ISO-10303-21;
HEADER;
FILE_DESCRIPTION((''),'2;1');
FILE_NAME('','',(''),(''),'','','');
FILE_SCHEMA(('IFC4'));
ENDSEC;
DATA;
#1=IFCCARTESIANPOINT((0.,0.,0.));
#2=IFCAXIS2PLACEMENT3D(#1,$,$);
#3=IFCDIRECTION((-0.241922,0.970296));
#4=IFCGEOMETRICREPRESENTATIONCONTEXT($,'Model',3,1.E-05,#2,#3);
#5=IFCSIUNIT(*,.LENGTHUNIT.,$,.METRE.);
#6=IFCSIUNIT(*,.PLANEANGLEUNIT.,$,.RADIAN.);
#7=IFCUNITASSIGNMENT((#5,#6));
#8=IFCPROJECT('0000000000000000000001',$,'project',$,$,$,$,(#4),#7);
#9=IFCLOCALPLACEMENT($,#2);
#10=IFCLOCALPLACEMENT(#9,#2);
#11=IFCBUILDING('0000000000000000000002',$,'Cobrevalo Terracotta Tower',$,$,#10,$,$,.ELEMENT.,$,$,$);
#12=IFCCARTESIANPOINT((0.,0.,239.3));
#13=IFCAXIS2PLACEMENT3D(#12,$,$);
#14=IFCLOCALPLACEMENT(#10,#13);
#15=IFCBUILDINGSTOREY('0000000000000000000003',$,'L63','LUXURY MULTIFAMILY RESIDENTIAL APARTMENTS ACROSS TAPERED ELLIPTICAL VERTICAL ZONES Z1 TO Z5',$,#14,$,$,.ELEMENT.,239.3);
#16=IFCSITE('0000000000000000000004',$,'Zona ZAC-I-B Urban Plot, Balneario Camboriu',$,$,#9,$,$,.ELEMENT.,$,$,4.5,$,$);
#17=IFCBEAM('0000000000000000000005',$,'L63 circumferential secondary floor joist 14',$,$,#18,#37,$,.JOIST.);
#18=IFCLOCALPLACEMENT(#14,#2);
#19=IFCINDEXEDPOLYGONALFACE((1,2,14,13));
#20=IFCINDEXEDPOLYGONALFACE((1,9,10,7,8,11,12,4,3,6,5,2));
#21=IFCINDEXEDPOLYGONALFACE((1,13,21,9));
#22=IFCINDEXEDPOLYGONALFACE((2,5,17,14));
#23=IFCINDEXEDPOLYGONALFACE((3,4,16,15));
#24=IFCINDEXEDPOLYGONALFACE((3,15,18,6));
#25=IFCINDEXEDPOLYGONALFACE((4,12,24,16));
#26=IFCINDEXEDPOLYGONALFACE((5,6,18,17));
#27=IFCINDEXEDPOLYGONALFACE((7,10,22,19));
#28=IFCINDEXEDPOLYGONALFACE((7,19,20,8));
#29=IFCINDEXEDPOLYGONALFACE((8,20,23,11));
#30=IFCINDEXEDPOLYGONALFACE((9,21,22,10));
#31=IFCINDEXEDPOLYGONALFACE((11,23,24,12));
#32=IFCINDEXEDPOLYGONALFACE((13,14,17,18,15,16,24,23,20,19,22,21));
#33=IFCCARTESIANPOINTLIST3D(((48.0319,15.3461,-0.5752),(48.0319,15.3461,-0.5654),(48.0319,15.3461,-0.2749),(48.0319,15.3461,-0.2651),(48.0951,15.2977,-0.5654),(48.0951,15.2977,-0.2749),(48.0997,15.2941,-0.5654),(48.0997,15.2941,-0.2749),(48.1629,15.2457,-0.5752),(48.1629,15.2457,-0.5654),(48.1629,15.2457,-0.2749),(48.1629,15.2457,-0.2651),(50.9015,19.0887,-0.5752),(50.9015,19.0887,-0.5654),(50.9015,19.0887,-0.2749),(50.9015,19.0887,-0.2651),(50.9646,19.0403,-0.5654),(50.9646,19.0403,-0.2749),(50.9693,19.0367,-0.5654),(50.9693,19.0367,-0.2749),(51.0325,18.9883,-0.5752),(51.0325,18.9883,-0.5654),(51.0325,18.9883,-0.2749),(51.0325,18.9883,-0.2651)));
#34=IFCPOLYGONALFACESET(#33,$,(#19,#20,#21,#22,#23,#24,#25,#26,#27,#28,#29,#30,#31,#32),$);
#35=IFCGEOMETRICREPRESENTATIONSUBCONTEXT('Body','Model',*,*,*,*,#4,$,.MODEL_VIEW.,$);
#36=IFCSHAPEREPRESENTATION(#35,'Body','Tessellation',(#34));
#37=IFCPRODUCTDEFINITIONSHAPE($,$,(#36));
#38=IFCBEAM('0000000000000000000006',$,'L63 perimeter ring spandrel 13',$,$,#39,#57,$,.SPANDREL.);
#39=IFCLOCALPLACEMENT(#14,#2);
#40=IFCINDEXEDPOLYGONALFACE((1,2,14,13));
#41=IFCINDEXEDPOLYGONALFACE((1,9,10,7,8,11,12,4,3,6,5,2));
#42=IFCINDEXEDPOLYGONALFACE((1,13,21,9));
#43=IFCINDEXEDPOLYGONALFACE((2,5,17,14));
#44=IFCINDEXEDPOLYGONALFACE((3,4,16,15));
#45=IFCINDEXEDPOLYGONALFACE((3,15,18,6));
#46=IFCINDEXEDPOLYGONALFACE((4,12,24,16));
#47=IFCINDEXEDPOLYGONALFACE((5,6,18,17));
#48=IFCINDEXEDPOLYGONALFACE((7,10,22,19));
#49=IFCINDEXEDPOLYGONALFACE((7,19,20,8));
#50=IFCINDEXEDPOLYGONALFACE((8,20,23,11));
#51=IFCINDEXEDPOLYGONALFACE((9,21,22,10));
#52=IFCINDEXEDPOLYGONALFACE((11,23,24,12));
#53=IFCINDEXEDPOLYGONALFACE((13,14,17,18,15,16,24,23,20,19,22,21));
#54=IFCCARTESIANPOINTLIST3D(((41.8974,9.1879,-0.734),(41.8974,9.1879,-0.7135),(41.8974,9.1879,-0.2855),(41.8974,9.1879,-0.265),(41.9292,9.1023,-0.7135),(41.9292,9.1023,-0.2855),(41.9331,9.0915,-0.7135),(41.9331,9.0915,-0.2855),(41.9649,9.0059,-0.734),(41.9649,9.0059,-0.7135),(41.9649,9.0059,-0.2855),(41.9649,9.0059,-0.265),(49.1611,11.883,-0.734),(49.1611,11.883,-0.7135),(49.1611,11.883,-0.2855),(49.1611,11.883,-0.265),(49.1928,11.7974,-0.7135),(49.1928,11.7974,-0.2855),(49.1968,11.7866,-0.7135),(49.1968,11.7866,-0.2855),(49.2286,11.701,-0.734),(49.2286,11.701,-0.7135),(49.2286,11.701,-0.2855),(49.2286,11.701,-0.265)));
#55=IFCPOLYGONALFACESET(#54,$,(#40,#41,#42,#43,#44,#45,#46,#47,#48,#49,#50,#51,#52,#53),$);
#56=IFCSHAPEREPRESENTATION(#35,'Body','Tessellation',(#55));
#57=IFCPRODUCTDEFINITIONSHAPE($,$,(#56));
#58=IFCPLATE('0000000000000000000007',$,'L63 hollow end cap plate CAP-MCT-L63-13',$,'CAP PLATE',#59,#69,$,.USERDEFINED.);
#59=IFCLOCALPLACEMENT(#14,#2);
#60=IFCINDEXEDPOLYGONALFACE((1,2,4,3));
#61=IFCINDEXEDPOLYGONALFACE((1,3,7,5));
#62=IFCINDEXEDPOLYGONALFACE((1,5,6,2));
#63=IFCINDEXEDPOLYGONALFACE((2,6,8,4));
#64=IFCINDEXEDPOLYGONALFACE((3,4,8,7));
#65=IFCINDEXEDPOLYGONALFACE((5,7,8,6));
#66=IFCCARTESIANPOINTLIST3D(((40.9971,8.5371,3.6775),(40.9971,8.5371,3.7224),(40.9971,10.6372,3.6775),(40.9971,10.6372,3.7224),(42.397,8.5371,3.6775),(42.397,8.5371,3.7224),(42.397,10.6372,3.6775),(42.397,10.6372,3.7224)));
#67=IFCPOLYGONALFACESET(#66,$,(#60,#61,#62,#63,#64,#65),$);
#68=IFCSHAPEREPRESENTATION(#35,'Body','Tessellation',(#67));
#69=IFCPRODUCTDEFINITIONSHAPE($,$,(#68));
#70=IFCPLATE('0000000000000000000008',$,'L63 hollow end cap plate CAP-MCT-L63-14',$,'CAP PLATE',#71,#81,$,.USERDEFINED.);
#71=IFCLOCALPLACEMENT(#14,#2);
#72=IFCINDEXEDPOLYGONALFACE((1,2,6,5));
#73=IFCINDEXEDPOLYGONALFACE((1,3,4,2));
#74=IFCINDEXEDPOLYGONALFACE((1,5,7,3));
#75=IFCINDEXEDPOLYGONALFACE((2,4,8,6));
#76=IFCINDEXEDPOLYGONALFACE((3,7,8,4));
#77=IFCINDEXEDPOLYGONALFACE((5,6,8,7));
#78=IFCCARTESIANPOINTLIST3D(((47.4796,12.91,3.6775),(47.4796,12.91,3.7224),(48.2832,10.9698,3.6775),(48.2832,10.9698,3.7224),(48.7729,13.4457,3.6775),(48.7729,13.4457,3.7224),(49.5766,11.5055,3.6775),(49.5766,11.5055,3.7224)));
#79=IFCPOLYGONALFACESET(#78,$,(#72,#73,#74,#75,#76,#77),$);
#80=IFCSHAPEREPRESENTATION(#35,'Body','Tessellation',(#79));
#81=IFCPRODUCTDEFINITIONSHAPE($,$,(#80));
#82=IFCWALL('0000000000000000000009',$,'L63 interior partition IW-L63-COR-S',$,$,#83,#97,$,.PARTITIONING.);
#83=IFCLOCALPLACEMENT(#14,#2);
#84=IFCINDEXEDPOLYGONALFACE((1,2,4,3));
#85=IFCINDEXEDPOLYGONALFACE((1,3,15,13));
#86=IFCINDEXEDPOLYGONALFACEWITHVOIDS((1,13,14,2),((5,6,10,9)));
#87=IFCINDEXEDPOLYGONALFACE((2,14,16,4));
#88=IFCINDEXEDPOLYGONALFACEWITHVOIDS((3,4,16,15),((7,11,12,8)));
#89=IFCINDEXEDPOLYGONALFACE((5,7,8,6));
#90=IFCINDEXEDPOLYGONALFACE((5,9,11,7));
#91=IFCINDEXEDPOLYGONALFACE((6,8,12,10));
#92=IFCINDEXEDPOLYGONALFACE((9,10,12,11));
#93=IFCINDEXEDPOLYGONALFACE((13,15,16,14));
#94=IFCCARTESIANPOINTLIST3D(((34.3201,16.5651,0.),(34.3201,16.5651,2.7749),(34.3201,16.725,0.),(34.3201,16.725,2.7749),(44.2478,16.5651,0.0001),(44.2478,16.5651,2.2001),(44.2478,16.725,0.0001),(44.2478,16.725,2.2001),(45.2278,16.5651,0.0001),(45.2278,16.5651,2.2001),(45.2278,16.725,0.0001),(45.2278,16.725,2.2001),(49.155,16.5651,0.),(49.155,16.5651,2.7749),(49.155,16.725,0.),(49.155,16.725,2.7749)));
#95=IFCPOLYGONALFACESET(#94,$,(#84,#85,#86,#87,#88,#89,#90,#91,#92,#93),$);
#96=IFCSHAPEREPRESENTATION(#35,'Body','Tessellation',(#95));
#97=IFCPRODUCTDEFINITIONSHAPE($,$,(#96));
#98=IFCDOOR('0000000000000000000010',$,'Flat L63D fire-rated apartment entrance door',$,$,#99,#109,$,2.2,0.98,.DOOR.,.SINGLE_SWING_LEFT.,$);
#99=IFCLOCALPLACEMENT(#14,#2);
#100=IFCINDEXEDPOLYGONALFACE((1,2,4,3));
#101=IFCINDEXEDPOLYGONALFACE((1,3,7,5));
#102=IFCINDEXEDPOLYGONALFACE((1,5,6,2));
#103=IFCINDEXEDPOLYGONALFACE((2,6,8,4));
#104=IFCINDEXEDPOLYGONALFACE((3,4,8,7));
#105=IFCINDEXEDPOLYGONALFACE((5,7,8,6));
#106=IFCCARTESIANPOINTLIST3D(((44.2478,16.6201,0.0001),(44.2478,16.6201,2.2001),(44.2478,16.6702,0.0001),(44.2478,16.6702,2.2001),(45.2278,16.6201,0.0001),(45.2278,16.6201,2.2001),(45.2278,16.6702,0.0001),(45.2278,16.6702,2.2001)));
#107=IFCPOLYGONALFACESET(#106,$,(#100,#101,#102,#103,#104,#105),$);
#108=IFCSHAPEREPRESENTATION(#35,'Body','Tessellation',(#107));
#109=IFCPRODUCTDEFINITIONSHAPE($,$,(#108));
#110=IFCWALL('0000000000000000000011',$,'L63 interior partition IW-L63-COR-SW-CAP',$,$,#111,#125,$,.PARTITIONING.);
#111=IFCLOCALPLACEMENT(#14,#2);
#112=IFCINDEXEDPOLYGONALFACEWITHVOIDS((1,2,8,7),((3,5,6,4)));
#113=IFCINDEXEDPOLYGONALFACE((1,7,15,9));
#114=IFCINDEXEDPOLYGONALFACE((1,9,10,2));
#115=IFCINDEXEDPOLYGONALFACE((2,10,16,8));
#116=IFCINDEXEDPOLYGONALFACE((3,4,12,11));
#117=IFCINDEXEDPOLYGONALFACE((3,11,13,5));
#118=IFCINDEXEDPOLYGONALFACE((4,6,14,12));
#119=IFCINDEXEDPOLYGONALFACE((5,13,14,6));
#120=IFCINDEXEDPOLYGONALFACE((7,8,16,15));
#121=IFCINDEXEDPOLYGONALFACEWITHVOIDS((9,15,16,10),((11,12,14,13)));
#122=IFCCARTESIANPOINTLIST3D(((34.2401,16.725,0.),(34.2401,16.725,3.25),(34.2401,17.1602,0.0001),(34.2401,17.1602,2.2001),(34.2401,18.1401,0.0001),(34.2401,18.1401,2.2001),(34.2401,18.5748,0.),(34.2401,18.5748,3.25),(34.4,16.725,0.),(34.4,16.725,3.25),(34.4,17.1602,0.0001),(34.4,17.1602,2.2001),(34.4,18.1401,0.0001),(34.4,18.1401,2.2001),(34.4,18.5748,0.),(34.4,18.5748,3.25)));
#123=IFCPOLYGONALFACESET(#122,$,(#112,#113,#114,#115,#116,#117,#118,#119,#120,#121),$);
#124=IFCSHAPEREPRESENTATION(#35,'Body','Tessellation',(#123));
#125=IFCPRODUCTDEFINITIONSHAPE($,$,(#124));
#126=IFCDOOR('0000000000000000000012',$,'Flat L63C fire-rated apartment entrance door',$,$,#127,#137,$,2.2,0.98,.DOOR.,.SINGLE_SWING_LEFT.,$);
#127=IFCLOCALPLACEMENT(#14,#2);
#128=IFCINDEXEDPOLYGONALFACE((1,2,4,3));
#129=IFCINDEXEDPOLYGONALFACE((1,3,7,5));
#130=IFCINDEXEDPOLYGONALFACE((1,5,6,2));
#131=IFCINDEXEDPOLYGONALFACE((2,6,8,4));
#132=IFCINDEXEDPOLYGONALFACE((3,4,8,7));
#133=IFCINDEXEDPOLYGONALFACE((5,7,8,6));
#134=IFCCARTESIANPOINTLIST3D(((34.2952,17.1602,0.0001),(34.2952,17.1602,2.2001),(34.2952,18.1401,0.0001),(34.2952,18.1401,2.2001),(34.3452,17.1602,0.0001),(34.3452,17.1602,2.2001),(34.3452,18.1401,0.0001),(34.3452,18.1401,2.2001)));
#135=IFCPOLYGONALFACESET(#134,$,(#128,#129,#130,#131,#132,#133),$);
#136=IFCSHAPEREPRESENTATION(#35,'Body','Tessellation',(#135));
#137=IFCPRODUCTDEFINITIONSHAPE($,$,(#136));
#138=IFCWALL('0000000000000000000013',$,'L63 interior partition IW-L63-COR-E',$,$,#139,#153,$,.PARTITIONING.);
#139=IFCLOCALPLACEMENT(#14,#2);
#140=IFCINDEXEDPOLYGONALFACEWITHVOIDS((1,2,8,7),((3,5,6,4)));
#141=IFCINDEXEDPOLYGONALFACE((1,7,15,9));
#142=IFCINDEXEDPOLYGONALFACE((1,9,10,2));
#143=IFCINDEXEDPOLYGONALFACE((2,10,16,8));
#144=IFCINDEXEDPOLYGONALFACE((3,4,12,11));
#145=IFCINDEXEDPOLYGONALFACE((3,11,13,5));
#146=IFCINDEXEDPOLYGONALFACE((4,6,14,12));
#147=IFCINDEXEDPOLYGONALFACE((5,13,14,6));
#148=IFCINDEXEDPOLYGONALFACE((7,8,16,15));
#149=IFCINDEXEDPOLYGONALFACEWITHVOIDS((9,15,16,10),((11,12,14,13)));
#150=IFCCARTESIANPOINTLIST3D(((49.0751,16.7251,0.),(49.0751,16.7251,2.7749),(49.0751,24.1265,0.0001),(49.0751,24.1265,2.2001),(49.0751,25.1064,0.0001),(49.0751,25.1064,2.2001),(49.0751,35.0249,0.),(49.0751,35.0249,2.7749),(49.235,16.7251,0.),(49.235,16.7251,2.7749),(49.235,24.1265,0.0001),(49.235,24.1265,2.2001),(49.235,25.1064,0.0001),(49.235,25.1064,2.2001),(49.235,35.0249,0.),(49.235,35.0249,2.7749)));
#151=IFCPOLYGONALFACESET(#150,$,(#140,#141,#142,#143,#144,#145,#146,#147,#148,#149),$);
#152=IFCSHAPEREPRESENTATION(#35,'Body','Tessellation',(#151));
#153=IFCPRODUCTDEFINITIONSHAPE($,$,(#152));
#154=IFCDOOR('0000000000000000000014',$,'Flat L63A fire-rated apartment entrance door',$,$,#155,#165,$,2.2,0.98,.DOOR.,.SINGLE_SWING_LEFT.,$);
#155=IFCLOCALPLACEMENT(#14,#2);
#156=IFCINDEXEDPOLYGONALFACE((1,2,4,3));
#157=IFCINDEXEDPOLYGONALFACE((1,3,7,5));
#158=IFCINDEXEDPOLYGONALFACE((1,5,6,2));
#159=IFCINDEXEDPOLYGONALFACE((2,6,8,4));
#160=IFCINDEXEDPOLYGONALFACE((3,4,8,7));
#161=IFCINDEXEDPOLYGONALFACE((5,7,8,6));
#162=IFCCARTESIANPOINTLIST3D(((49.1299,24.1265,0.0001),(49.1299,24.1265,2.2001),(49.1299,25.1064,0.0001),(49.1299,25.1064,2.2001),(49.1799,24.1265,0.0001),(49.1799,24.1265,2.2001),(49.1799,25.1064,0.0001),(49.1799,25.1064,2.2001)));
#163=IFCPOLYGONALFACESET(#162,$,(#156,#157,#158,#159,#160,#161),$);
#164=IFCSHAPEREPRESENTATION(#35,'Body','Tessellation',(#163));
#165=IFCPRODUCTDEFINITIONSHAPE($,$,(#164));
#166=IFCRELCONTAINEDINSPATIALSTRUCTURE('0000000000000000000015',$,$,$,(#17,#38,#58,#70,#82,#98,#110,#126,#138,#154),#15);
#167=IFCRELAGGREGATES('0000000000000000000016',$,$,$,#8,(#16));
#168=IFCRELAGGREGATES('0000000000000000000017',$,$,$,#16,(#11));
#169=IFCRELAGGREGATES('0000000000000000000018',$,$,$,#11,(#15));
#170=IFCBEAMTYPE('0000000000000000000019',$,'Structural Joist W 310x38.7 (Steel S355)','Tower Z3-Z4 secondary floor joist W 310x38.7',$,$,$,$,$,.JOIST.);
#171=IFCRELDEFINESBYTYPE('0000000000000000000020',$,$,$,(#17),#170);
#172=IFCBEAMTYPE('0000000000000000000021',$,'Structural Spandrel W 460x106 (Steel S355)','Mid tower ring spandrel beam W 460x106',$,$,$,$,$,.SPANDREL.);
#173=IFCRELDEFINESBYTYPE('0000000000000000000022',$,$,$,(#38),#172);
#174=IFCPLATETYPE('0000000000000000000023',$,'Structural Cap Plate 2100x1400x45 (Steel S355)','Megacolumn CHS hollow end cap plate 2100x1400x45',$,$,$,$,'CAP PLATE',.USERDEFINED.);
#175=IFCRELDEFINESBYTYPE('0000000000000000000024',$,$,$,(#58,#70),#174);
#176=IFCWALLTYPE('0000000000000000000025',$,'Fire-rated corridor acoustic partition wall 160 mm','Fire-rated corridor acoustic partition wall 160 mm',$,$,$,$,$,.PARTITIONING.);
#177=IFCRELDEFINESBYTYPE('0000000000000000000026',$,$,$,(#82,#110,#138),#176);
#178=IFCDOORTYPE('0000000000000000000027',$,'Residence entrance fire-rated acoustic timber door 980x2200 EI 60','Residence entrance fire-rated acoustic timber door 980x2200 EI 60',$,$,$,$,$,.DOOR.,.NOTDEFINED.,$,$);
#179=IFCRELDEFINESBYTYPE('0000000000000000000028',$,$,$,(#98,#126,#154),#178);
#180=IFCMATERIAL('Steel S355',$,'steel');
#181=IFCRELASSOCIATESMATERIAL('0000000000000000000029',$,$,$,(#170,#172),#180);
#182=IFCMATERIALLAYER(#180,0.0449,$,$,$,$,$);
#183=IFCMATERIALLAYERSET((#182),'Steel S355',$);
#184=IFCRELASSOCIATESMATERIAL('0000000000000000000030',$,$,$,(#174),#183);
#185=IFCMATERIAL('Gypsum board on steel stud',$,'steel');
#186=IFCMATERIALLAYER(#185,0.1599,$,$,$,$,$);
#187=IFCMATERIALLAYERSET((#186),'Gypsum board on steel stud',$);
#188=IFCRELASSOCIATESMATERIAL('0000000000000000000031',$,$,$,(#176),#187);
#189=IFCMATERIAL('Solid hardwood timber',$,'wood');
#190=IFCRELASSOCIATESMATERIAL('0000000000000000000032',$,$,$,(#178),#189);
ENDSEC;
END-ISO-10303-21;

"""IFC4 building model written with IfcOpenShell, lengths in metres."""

from ifc_helpers import new_model, si_unit, direction, frame, frame_2d, origin, origin_2d, place, context, subcontext, project, spatial, rectangle, i_section, extrude, source, transform, mapped, material, layer, layer_set, material_profile, profile_set, type_object, element, fill, save


model = new_model("IFC4")

# Units and contexts
model_context = context("Model", 3, precision=1e-05, world=origin(), true_north=direction((-0.241922, 0.970296)))
body_context = subcontext(model_context, "Body", "Model", "MODEL_VIEW")
ifc_project = project(units=[si_unit("LENGTHUNIT", "METRE"), si_unit("PLANEANGLEUNIT", "RADIAN")], contexts=[model_context])

# Site, building, storey
site_placement = place(None, origin())
site = spatial("IfcSite", under=ifc_project, at=site_placement, Name="Zona ZAC-I-B Urban Plot, Balneario Camboriu", CompositionType="ELEMENT", RefElevation=4.5)
building_placement = place(site_placement, origin())
building = spatial("IfcBuilding", under=site, at=building_placement, Name="Cobrevalo Terracotta Tower", CompositionType="ELEMENT")
storey_placement = place(building_placement, frame((0.0, 0.0, 239.3)))
storey = spatial("IfcBuildingStorey", under=building, at=storey_placement, Name="L63", Description="LUXURY MULTIFAMILY RESIDENTIAL APARTMENTS ACROSS TAPERED ELLIPTICAL VERTICAL ZONES Z1 TO Z5", CompositionType="ELEMENT", Elevation=239.3)

# Shared definitions
ifc_material_1 = material(Name="Steel S355", Category="steel")

# Beams
ifc_material_profile_1 = material_profile(ifc_material_1, i_section(OverallWidth=0.165, OverallDepth=0.3101, WebThickness=0.0059, FlangeThickness=0.0098, at=origin_2d()), Name="W 310x38.7")
ifc_profile_set_1 = profile_set([ifc_material_profile_1], Name="Steel S355")
beam_type_1 = type_object("IfcBeamType", Name="Structural Joist W 310x38.7 (Steel S355)", Description="Tower Z3-Z4 secondary floor joist W 310x38.7", PredefinedType="JOIST", material=ifc_profile_set_1)
beam_1_placement = place(storey_placement, frame((48.0974, 15.2959, -0.4202), z_axis=(0.608464, 0.793581, 0.0), x_axis=(-0.793581, 0.608464, 0.0)))
element("IfcBeam", 1, at=beam_1_placement, inside=storey, type_object=beam_type_1, Name="L63 circumferential secondary floor joist 14", PredefinedType="JOIST", context=body_context, shape_type="SweptSolid", body=[
    extrude(i_section(OverallWidth=0.165, OverallDepth=0.3101, WebThickness=0.0059, FlangeThickness=0.0098, at=origin_2d()), origin(), (0.0, 0.0, 1.0), 4.7161),
])
ifc_material_profile_2 = material_profile(ifc_material_1, i_section(OverallWidth=0.1941, OverallDepth=0.469, WebThickness=0.0115, FlangeThickness=0.0205, at=origin_2d()), Name="W 460x106")
ifc_profile_set_2 = profile_set([ifc_material_profile_2], Name="Steel S355")
beam_type_2 = type_object("IfcBeamType", Name="Structural Spandrel W 460x106 (Steel S355)", Description="Mid tower ring spandrel beam W 460x106", PredefinedType="SPANDREL", material=ifc_profile_set_2)
beam_2_placement = place(storey_placement, frame((41.9312, 9.0969, -0.4995), z_axis=(0.937546, 0.347861, 0.0), x_axis=(-0.347861, 0.937546, 0.0)))
element("IfcBeam", 2, at=beam_2_placement, inside=storey, type_object=beam_type_2, Name="L63 perimeter ring spandrel 13", PredefinedType="SPANDREL", context=body_context, shape_type="SweptSolid", body=[
    extrude(i_section(OverallWidth=0.1941, OverallDepth=0.469, WebThickness=0.0115, FlangeThickness=0.0205, at=origin_2d()), origin(), (0.0, 0.0, 1.0), 7.7476),
])

# Plates
ifc_layer_1 = layer(ifc_material_1, 0.0449)
ifc_layer_set_1 = layer_set([ifc_layer_1], Name="Steel S355")
plate_type = type_object("IfcPlateType", Name="Structural Cap Plate 2100x1400x45 (Steel S355)", Description="Megacolumn CHS hollow end cap plate 2100x1400x45", ElementType="CAP PLATE", PredefinedType="USERDEFINED", material=ifc_layer_set_1)
shared_shape_1 = source(origin(), body_context, "Body", "SweptSolid", [
    extrude(rectangle(XDim=2.1001, YDim=1.3999, at=origin_2d()), origin(), (0.0, 0.0, 1.0), 0.0449),
])
for number, where, z_axis, x_axis, name in (
    (3, (41.697, 9.5872, 3.6775), (0.0, 0.0, 1.0), (0.0, -1.0, 0.0), "L63 hollow end cap plate CAP-MCT-L63-13"),
    (4, (48.5281, 12.2078, 3.6775), (0.0, 0.0, 1.0), (0.382683, -0.92388, 0.0), "L63 hollow end cap plate CAP-MCT-L63-14"),
):
    element("IfcPlate", number, at=place(storey_placement, frame(where, z_axis=z_axis, x_axis=x_axis)), inside=storey, type_object=plate_type, Name=name, ObjectType="CAP PLATE", PredefinedType="USERDEFINED", context=body_context, shape_type="MappedRepresentation", body=[
        mapped(shared_shape_1, transform((0.0, 0.0, 0.0), scale=1.0)),
    ])

# Walls, openings, doors
ifc_material_2 = material(Name="Gypsum board on steel stud", Category="steel")
ifc_layer_2 = layer(ifc_material_2, 0.1599)
ifc_layer_set_2 = layer_set([ifc_layer_2], Name="Gypsum board on steel stud")
wall_type_1 = type_object("IfcWallType", Name="Fire-rated corridor acoustic partition wall 160 mm", Description="Fire-rated corridor acoustic partition wall 160 mm", PredefinedType="PARTITIONING", material=ifc_layer_set_2)
wall_1_placement = place(storey_placement, frame((34.3201, 16.645, 0.0), z_axis=(0.0, 0.0, 1.0), x_axis=(1.0, 0.0, 0.0)))
wall_1 = element("IfcWall", 5, at=wall_1_placement, inside=storey, type_object=wall_type_1, Name="L63 interior partition IW-L63-COR-S", PredefinedType="PARTITIONING", context=body_context, shape_type="SweptSolid", body=[
    extrude(rectangle(XDim=14.835, YDim=0.1599, at=frame_2d((7.4175, 0.0))), origin(), (0.0, 0.0, 1.0), 2.7749),
])
opening_1_placement = place(wall_1_placement, frame((9.9277, 0.0, 0.0)))
opening_1 = element("IfcOpeningElement", 6, at=opening_1_placement, cuts=wall_1, PredefinedType="OPENING", context=body_context, shape_type="SweptSolid", body=[
    extrude(rectangle(XDim=0.98, YDim=2.2, at=frame_2d((0.49, 1.1001))), frame((0.0, 0.0898, 0.0), z_axis=(0.0, -1.0, 0.0), x_axis=(1.0, 0.0, 0.0)), (0.0, 0.0, 1.0), 0.1799),
])
ifc_material_3 = material(Name="Solid hardwood timber", Category="wood")
door_type_1 = type_object("IfcDoorType", Name="Residence entrance fire-rated acoustic timber door 980x2200 EI 60", Description="Residence entrance fire-rated acoustic timber door 980x2200 EI 60", OperationType="NOTDEFINED", PredefinedType="DOOR", material=ifc_material_3)
shared_shape_2 = source(origin(), body_context, "Body", "SweptSolid", [
    extrude(rectangle(XDim=0.98, YDim=2.2, at=frame_2d((0.49, 1.1001))), frame((0.0, 0.0249, 0.0), z_axis=(0.0, -1.0, 0.0), x_axis=(1.0, 0.0, 0.0)), (0.0, 0.0, 1.0), 0.05),
])
door_1_placement = place(opening_1_placement, frame((0.98, 0.0, 0.0), z_axis=(0.0, 0.0, 1.0), x_axis=(-1.0, 0.0, 0.0)))
door_1 = element("IfcDoor", 7, at=door_1_placement, inside=storey, type_object=door_type_1, Name="Flat L63D fire-rated apartment entrance door", OperationType="SINGLE_SWING_LEFT", OverallHeight=2.2, OverallWidth=0.98, PredefinedType="DOOR", context=body_context, shape_type="MappedRepresentation", body=[
    mapped(shared_shape_2, transform((0.0, 0.0, 0.0), scale=1.0)),
])
fill(opening_1, door_1)
wall_2_placement = place(storey_placement, frame((34.3201, 16.7251, 0.0), z_axis=(0.0, 0.0, 1.0), x_axis=(0.0, 1.0, 0.0)))
wall_2 = element("IfcWall", 8, at=wall_2_placement, inside=storey, type_object=wall_type_1, Name="L63 interior partition IW-L63-COR-SW-CAP", PredefinedType="PARTITIONING", context=body_context, shape_type="SweptSolid", body=[
    extrude(rectangle(XDim=1.8499, YDim=0.1599, at=frame_2d((0.9248, 0.0))), origin(), (0.0, 0.0, 1.0), 3.25),
])
opening_2_placement = place(wall_2_placement, frame((0.4351, 0.0, 0.0)))
opening_2 = element("IfcOpeningElement", 9, at=opening_2_placement, cuts=wall_2, PredefinedType="OPENING", context=body_context, shape_type="SweptSolid", body=[
    extrude(rectangle(XDim=0.98, YDim=2.2, at=frame_2d((0.49, 1.1001))), frame((0.0, 0.0898, 0.0), z_axis=(0.0, -1.0, 0.0), x_axis=(1.0, 0.0, 0.0)), (0.0, 0.0, 1.0), 0.1799),
])
door_2_placement = place(opening_2_placement, origin())
door_2 = element("IfcDoor", 10, at=door_2_placement, inside=storey, type_object=door_type_1, Name="Flat L63C fire-rated apartment entrance door", OperationType="SINGLE_SWING_LEFT", OverallHeight=2.2, OverallWidth=0.98, PredefinedType="DOOR", context=body_context, shape_type="MappedRepresentation", body=[
    mapped(shared_shape_2, transform((0.0, 0.0, 0.0), scale=1.0)),
])
fill(opening_2, door_2)
wall_3_placement = place(storey_placement, frame((49.155, 16.7251, 0.0), z_axis=(0.0, 0.0, 1.0), x_axis=(0.0, 1.0, 0.0)))
wall_3 = element("IfcWall", 11, at=wall_3_placement, inside=storey, type_object=wall_type_1, Name="L63 interior partition IW-L63-COR-E", PredefinedType="PARTITIONING", context=body_context, shape_type="SweptSolid", body=[
    extrude(rectangle(XDim=18.2998, YDim=0.1599, at=frame_2d((9.1499, 0.0))), origin(), (0.0, 0.0, 1.0), 2.7749),
])
opening_3_placement = place(wall_3_placement, frame((7.4014, 0.0, 0.0)))
opening_3 = element("IfcOpeningElement", 12, at=opening_3_placement, cuts=wall_3, PredefinedType="OPENING", context=body_context, shape_type="SweptSolid", body=[
    extrude(rectangle(XDim=0.98, YDim=2.2, at=frame_2d((0.49, 1.1001))), frame((0.0, 0.0898, 0.0), z_axis=(0.0, -1.0, 0.0), x_axis=(1.0, 0.0, 0.0)), (0.0, 0.0, 1.0), 0.1799),
])
door_3_placement = place(opening_3_placement, frame((0.98, 0.0, 0.0), z_axis=(0.0, 0.0, 1.0), x_axis=(-1.0, 0.0, 0.0)))
door_3 = element("IfcDoor", 13, at=door_3_placement, inside=storey, type_object=door_type_1, Name="Flat L63A fire-rated apartment entrance door", OperationType="SINGLE_SWING_LEFT", OverallHeight=2.2, OverallWidth=0.98, PredefinedType="DOOR", context=body_context, shape_type="MappedRepresentation", body=[
    mapped(shared_shape_2, transform((0.0, 0.0, 0.0), scale=1.0)),
])
fill(opening_3, door_3)

save(model, "model.ifc")
